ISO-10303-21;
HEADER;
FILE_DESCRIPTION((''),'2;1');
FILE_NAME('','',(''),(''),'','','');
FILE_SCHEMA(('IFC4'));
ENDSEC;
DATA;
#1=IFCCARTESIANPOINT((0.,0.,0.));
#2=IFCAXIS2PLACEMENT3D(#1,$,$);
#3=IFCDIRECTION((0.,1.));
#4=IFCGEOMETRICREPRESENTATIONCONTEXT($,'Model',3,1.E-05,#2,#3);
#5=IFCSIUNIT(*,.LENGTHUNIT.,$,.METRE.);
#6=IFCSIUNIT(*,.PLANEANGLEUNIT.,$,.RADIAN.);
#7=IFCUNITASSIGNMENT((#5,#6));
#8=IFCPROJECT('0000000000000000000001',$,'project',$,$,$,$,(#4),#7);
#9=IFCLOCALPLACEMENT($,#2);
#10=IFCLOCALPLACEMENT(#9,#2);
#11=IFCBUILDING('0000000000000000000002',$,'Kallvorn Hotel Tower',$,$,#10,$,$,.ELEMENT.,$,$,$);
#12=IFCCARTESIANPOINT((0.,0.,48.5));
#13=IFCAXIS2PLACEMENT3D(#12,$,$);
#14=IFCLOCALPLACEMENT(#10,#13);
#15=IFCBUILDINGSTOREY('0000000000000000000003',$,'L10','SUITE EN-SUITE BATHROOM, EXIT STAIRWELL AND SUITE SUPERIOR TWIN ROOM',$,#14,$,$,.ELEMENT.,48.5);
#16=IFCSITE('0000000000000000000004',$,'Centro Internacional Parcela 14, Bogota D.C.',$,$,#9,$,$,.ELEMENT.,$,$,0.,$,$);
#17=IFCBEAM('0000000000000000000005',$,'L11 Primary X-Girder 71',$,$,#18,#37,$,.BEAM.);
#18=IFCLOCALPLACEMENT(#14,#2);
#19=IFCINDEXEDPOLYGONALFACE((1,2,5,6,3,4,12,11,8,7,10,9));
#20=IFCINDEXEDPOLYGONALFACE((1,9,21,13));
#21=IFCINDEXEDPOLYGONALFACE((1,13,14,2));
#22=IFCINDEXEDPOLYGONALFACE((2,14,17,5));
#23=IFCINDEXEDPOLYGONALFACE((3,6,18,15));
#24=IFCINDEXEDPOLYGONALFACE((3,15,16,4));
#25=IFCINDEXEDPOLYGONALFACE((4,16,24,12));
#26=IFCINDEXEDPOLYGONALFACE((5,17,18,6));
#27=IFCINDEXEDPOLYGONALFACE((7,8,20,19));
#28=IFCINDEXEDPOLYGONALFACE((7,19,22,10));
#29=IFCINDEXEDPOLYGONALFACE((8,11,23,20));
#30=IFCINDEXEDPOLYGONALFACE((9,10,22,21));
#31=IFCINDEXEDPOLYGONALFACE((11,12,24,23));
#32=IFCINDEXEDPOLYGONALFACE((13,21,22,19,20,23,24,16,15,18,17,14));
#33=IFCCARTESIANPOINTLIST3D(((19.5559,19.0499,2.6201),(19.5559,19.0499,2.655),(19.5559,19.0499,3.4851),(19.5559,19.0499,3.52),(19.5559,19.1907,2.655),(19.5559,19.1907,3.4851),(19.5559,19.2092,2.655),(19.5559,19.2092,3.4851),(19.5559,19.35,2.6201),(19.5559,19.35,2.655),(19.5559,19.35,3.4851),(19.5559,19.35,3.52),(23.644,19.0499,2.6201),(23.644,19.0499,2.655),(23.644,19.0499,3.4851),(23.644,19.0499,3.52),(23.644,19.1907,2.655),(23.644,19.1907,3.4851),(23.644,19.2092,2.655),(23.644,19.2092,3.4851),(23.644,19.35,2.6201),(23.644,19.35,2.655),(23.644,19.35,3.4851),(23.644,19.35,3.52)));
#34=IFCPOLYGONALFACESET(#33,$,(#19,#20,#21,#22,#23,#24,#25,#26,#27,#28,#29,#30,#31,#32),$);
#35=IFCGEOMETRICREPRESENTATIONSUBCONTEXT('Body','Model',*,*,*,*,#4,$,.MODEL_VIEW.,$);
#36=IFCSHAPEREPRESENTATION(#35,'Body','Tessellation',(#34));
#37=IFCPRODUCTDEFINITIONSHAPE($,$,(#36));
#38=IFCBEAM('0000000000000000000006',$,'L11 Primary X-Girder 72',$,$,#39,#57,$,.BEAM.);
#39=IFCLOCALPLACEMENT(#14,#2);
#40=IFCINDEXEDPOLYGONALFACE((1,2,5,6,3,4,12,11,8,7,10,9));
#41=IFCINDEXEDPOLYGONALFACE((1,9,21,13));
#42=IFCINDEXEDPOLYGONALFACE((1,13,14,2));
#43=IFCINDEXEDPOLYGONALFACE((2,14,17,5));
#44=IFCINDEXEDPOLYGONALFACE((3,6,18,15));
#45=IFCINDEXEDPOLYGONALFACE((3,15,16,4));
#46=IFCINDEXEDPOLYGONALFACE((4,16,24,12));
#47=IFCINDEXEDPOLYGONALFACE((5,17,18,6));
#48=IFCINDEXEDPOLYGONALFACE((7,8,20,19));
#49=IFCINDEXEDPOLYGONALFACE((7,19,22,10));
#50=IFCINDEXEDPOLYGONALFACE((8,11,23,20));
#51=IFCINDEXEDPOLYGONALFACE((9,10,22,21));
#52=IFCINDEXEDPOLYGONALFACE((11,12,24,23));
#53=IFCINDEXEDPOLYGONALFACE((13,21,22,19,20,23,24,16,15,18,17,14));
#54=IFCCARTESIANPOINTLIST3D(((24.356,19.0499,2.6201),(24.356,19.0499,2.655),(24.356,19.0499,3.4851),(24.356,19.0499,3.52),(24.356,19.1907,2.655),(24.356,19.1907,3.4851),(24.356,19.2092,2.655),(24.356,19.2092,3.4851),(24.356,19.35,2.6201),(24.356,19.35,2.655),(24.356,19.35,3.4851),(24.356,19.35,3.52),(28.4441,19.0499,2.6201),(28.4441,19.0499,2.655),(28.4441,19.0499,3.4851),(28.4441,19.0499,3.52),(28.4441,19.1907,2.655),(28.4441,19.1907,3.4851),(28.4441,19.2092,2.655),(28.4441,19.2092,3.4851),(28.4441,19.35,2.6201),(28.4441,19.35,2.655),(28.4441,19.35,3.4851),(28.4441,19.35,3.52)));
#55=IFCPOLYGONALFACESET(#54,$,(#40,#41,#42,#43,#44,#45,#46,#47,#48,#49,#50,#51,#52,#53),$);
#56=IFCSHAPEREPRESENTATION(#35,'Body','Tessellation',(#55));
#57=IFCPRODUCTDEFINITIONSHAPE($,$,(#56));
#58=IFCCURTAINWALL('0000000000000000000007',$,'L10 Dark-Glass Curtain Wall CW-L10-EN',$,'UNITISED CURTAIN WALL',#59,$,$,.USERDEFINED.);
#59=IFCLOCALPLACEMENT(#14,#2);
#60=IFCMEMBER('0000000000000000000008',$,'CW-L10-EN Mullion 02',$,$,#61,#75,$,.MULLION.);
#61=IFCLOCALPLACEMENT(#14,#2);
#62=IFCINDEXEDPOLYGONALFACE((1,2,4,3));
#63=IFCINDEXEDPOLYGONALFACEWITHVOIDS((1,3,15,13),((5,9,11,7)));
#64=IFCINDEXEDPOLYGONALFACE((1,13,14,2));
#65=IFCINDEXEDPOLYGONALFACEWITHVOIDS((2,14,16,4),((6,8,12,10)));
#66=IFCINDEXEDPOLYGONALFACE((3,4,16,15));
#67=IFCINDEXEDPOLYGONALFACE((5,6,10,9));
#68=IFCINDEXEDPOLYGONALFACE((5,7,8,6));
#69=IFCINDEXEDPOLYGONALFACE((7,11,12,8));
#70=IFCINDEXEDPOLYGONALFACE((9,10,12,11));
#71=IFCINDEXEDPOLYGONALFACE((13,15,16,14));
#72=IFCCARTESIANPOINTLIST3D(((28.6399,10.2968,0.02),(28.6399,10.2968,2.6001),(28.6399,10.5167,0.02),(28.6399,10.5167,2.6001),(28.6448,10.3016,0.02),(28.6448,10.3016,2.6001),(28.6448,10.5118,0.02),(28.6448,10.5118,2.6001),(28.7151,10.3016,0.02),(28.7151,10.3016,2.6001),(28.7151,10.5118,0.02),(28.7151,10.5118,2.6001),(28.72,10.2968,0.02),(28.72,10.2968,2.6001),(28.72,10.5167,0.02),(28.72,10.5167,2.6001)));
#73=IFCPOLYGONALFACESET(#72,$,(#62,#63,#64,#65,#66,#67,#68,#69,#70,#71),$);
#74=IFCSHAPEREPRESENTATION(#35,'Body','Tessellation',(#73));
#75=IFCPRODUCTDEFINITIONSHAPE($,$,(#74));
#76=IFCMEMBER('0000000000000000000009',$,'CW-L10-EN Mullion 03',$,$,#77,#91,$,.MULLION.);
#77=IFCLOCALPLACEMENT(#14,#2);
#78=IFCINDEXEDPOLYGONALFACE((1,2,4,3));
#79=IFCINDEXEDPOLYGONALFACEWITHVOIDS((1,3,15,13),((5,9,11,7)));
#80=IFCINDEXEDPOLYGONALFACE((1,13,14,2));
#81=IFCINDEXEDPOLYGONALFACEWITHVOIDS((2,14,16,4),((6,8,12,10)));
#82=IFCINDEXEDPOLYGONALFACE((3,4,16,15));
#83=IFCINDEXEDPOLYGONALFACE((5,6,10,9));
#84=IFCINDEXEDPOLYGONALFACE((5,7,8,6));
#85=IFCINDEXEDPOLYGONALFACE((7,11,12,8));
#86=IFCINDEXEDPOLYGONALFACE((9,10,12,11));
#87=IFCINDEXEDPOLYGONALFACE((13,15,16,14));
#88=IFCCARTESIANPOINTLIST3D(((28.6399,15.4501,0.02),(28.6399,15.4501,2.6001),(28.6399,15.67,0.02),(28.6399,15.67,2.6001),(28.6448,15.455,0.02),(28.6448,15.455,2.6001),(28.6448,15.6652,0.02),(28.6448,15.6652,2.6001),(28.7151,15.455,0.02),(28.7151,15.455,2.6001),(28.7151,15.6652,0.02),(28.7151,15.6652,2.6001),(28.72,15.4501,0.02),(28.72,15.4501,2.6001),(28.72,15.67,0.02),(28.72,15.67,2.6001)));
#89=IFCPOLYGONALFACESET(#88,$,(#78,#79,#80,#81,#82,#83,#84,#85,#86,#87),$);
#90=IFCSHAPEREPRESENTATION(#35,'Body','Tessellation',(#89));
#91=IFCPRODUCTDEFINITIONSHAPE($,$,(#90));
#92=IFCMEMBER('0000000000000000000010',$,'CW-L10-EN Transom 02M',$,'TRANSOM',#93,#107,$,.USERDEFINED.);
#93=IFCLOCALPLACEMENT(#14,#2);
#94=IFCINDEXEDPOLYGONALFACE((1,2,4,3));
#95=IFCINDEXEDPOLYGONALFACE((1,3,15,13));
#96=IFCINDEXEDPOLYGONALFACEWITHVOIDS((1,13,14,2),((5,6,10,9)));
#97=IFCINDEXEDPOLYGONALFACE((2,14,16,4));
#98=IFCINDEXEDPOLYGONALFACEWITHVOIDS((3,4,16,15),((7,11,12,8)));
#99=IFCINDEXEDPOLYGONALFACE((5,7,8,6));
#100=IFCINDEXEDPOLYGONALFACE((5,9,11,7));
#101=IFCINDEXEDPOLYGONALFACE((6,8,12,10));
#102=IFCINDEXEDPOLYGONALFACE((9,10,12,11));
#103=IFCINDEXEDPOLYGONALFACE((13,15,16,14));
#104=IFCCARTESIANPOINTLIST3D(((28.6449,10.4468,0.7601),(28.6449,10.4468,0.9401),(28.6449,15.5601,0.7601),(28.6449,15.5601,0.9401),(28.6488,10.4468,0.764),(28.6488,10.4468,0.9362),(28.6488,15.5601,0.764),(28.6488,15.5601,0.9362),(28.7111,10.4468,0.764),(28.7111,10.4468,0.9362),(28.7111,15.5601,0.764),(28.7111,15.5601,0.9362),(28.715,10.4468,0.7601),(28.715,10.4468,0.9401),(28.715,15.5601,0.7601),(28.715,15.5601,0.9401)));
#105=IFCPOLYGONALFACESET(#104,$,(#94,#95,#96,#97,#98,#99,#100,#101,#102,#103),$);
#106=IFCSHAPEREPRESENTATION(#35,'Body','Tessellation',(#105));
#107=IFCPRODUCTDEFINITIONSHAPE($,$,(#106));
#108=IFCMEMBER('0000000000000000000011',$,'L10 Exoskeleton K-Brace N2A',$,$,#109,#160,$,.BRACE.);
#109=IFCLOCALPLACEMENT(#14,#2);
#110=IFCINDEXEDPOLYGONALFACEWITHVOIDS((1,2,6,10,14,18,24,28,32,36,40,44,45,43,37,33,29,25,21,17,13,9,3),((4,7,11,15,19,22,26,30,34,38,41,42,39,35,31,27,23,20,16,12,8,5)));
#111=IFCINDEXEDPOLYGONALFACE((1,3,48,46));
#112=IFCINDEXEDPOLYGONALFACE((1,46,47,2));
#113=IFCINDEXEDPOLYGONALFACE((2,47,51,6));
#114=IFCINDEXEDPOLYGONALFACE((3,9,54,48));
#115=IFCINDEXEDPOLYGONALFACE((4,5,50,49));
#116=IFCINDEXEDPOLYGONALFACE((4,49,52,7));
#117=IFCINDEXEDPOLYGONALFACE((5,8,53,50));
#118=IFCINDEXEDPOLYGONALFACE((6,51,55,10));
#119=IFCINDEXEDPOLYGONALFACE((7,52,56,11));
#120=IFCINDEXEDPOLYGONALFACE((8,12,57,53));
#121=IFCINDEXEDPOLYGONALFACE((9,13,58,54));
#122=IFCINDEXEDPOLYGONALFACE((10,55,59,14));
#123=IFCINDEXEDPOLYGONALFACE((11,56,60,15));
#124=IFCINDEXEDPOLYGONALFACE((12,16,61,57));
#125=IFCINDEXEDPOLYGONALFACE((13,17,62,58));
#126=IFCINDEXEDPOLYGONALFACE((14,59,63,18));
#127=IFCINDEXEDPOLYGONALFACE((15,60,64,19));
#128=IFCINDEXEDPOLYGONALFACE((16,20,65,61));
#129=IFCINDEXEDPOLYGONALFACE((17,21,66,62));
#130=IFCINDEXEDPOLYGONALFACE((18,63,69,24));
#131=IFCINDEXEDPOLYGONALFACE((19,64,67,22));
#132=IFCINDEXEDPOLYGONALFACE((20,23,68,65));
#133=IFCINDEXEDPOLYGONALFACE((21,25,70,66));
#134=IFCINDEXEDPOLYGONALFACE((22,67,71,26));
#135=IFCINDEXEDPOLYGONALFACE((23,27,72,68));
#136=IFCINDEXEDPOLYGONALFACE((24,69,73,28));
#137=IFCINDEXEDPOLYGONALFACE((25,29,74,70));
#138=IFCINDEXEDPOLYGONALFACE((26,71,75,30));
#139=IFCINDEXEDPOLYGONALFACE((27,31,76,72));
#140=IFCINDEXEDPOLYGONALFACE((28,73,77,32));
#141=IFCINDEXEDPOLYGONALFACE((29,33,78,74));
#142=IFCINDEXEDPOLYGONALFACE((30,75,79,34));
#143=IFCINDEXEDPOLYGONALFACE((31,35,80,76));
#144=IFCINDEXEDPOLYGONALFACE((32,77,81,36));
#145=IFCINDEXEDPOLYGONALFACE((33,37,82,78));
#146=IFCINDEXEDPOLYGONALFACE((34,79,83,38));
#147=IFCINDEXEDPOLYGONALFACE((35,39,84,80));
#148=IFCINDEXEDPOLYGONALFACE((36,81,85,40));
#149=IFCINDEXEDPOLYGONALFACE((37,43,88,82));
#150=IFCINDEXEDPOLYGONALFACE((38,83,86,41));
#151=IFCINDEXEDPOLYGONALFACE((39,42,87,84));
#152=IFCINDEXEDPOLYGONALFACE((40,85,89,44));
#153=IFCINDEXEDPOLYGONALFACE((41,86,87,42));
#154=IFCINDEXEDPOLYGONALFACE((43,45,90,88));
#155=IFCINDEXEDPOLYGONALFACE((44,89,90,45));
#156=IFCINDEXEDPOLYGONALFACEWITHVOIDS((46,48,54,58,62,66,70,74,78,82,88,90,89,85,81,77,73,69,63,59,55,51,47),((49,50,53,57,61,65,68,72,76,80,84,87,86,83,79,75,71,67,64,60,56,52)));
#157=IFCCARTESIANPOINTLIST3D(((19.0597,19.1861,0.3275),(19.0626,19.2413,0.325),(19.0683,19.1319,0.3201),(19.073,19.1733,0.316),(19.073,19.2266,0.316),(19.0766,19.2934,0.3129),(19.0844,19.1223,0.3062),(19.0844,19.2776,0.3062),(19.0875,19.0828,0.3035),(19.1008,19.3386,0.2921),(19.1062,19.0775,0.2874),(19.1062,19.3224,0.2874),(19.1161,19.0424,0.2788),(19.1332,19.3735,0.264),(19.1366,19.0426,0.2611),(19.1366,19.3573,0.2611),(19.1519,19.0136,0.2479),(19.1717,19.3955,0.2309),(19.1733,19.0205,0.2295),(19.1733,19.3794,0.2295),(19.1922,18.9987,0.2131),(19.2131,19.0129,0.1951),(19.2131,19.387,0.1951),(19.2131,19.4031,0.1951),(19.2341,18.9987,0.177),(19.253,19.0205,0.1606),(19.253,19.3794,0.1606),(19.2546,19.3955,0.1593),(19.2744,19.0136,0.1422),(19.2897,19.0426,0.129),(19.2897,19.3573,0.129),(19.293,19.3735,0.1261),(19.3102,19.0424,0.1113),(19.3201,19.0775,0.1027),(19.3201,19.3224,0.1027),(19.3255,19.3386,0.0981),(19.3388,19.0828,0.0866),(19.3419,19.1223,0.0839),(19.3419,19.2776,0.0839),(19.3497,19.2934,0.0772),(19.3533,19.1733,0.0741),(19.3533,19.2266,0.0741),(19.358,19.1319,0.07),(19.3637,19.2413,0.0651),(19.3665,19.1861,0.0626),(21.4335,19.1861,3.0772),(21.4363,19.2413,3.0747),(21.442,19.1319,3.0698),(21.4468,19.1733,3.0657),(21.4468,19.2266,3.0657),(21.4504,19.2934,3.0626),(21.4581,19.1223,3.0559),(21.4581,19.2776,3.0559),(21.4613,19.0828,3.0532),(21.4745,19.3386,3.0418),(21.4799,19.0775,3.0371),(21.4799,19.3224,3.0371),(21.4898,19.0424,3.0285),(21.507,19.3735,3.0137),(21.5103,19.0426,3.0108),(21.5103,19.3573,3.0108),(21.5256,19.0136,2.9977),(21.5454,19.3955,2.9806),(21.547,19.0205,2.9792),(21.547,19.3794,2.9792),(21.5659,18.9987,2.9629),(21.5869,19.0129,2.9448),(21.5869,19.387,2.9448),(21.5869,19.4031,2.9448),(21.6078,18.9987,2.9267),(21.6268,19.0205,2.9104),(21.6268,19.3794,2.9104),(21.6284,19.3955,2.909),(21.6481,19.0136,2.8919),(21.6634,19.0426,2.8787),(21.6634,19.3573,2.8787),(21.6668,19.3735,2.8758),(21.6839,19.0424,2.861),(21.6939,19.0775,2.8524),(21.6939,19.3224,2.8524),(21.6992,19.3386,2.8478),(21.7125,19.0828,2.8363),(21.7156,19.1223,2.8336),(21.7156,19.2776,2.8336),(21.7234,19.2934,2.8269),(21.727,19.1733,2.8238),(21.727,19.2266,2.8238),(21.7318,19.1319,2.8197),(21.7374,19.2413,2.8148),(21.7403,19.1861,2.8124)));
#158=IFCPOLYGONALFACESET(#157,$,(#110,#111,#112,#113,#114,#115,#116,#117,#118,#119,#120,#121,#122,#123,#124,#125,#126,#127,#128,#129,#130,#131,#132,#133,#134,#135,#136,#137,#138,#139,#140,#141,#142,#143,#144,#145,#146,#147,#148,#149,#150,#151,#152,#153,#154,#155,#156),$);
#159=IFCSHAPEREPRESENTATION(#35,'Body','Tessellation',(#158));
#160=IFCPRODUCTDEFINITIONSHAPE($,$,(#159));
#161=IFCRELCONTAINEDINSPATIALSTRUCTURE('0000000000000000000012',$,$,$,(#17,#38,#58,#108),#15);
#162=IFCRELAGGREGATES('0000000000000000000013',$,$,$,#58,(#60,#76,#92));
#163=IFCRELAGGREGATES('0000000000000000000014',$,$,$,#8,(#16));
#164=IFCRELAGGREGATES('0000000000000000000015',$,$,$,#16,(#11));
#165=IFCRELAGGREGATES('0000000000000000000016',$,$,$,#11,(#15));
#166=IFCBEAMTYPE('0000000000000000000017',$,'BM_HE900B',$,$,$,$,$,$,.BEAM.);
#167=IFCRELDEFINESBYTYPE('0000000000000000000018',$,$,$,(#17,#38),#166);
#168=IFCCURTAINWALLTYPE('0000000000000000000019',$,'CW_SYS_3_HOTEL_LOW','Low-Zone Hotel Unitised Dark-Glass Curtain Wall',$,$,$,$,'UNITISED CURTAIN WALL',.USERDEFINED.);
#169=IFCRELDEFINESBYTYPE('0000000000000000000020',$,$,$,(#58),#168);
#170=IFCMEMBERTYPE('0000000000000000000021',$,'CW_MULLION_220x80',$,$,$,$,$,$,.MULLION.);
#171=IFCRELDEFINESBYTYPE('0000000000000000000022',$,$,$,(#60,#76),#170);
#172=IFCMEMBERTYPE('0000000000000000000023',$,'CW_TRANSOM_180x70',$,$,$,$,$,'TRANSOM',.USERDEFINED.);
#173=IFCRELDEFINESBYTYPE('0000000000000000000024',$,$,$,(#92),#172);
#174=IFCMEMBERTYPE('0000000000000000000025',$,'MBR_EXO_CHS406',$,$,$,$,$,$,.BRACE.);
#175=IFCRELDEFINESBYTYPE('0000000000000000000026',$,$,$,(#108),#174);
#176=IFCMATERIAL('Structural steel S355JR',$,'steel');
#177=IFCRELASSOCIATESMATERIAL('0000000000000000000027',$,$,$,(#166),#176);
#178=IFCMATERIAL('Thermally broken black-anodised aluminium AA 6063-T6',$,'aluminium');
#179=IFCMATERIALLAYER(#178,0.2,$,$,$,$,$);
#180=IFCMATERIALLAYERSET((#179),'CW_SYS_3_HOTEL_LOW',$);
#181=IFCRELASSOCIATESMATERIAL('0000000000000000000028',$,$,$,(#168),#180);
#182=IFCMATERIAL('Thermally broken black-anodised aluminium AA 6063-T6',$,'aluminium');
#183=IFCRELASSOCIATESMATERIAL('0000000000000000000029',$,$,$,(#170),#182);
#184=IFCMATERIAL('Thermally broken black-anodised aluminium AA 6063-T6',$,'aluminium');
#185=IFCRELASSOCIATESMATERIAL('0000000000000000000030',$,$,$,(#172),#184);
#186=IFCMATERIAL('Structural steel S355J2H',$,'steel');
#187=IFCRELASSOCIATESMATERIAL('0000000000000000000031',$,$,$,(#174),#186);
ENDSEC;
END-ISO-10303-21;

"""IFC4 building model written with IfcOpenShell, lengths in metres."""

from ifc_helpers import new_model, si_unit, direction, frame, origin, origin_2d, place, context, subcontext, project, spatial, hollow_rectangle, hollow_circle, i_section, extrude, material, layer, layer_set, material_profile, profile_set, type_object, element, aggregate, save


model = new_model("IFC4")

# Units and contexts
model_context = context("Model", 3, precision=1e-05, world=origin(), true_north=direction((0.0, 1.0)))
body_context = subcontext(model_context, "Body", "Model", "MODEL_VIEW")
ifc_project = project(units=[si_unit("LENGTHUNIT", "METRE"), si_unit("PLANEANGLEUNIT", "RADIAN")], contexts=[model_context])

# Site, building, storey
site_placement = place(None, origin())
site = spatial("IfcSite", under=ifc_project, at=site_placement, Name="Centro Internacional Parcela 14, Bogota D.C.", CompositionType="ELEMENT", RefElevation=0.0)
building_placement = place(site_placement, origin())
building = spatial("IfcBuilding", under=site, at=building_placement, Name="Kallvorn Hotel Tower", CompositionType="ELEMENT")
storey_placement = place(building_placement, frame((0.0, 0.0, 48.5)))
storey = spatial("IfcBuildingStorey", under=building, at=storey_placement, Name="L10", Description="SUITE EN-SUITE BATHROOM, EXIT STAIRWELL AND SUITE SUPERIOR TWIN ROOM", CompositionType="ELEMENT", Elevation=48.5)

# Beams
ifc_material_1 = material(Name="Structural steel S355JR", Category="steel")
ifc_material_profile_1 = material_profile(ifc_material_1, i_section(OverallWidth=0.3, OverallDepth=0.8999, WebThickness=0.0186, FlangeThickness=0.0349, at=origin_2d()), Name="HE 900 B")
ifc_profile_set_1 = profile_set([ifc_material_profile_1], Name="Structural steel S355JR")
beam_type_1 = type_object("IfcBeamType", Name="BM_HE900B", PredefinedType="BEAM", material=ifc_profile_set_1)
for number, where, z_axis, x_axis, name in (
    (1, (19.5559, 19.2, 3.0701), (1.0, 0.0, 0.0), (0.0, 1.0, 0.0), "L11 Primary X-Girder 71"),
    (2, (24.356, 19.2, 3.0701), (1.0, 0.0, 0.0), (0.0, 1.0, 0.0), "L11 Primary X-Girder 72"),
):
    element("IfcBeam", number, at=place(storey_placement, frame(where, z_axis=z_axis, x_axis=x_axis)), inside=storey, type_object=beam_type_1, Name=name, PredefinedType="BEAM", context=body_context, shape_type="SweptSolid", body=[
        extrude(i_section(OverallWidth=0.3, OverallDepth=0.8999, WebThickness=0.0186, FlangeThickness=0.0349, at=origin_2d()), origin(), (0.0, 0.0, 1.0), 4.0881),
    ])

# Curtain wall, members
ifc_material_2 = material(Name="Thermally broken black-anodised aluminium AA 6063-T6", Category="aluminium")
ifc_layer_1 = layer(ifc_material_2, 0.2)
ifc_layer_set_1 = layer_set([ifc_layer_1], Name="CW_SYS_3_HOTEL_LOW")
curtain_wall_type = type_object("IfcCurtainWallType", Name="CW_SYS_3_HOTEL_LOW", Description="Low-Zone Hotel Unitised Dark-Glass Curtain Wall", ElementType="UNITISED CURTAIN WALL", PredefinedType="USERDEFINED", material=ifc_layer_set_1)
curtain_wall_placement = place(storey_placement, origin())
curtain_wall = element("IfcCurtainWall", 3, at=curtain_wall_placement, inside=storey, type_object=curtain_wall_type, Name="L10 Dark-Glass Curtain Wall CW-L10-EN", ObjectType="UNITISED CURTAIN WALL", PredefinedType="USERDEFINED")
ifc_material_3 = material(Name="Thermally broken black-anodised aluminium AA 6063-T6", Category="aluminium")
ifc_material_profile_2 = material_profile(ifc_material_3, hollow_rectangle(XDim=0.0801, YDim=0.22, WallThickness=0.0049, at=origin_2d()), Name="MUL 220x80")
ifc_profile_set_2 = profile_set([ifc_material_profile_2], Name="Thermally broken black-anodised aluminium AA 6063-T6")
member_type_1 = type_object("IfcMemberType", Name="CW_MULLION_220x80", PredefinedType="MULLION", material=ifc_profile_set_2)
member_1_placement = place(storey_placement, frame((28.6799, 10.4067, 0.02), z_axis=(0.0, 0.0, 1.0), x_axis=(1.0, 0.0, 0.0)))
member_1 = element("IfcMember", 4, at=member_1_placement, type_object=member_type_1, Name="CW-L10-EN Mullion 02", PredefinedType="MULLION", context=body_context, shape_type="SweptSolid", body=[
    extrude(hollow_rectangle(XDim=0.0801, YDim=0.22, WallThickness=0.0049, at=origin_2d()), origin(), (0.0, 0.0, 1.0), 2.5801),
])
member_2_placement = place(storey_placement, frame((28.6799, 15.5601, 0.02), z_axis=(0.0, 0.0, 1.0), x_axis=(1.0, 0.0, 0.0)))
member_2 = element("IfcMember", 5, at=member_2_placement, type_object=member_type_1, Name="CW-L10-EN Mullion 03", PredefinedType="MULLION", context=body_context, shape_type="SweptSolid", body=[
    extrude(hollow_rectangle(XDim=0.0801, YDim=0.22, WallThickness=0.0049, at=origin_2d()), origin(), (0.0, 0.0, 1.0), 2.5801),
])
ifc_material_4 = material(Name="Thermally broken black-anodised aluminium AA 6063-T6", Category="aluminium")
ifc_material_profile_3 = material_profile(ifc_material_4, hollow_rectangle(XDim=0.0701, YDim=0.1799, WallThickness=0.0039, at=origin_2d()), Name="TRN 180x70")
ifc_profile_set_3 = profile_set([ifc_material_profile_3], Name="Thermally broken black-anodised aluminium AA 6063-T6")
member_type_2 = type_object("IfcMemberType", Name="CW_TRANSOM_180x70", ElementType="TRANSOM", PredefinedType="USERDEFINED", material=ifc_profile_set_3)
member_3_placement = place(storey_placement, frame((28.6799, 10.4468, 0.8501), z_axis=(0.0, 1.0, 0.0), x_axis=(-1.0, 0.0, 0.0)))
member_3 = element("IfcMember", 6, at=member_3_placement, type_object=member_type_2, Name="CW-L10-EN Transom 02M", ObjectType="TRANSOM", PredefinedType="USERDEFINED", context=body_context, shape_type="SweptSolid", body=[
    extrude(hollow_rectangle(XDim=0.0701, YDim=0.1799, WallThickness=0.0039, at=origin_2d()), origin(), (0.0, 0.0, 1.0), 5.1133),
])

# Member
ifc_material_5 = material(Name="Structural steel S355J2H", Category="steel")
ifc_material_profile_4 = material_profile(ifc_material_5, hollow_circle(Radius=0.2031, WallThickness=0.0161, at=origin_2d()), Name="CHS 406.4x16")
ifc_profile_set_4 = profile_set([ifc_material_profile_4], Name="Structural steel S355J2H")
member_type_3 = type_object("IfcMemberType", Name="MBR_EXO_CHS406", PredefinedType="BRACE", material=ifc_profile_set_4)
for number, where, z_axis, x_axis, name in (
    (7, (19.2131, 19.2, 0.1951), (0.653461, 0.0, 0.756961), (0.0, 1.0, 0.0), "L10 Exoskeleton K-Brace N2A"),
):
    element("IfcMember", number, at=place(storey_placement, frame(where, z_axis=z_axis, x_axis=x_axis)), inside=storey, type_object=member_type_3, Name=name, PredefinedType="BRACE", context=body_context, shape_type="SweptSolid", body=[
        extrude(hollow_circle(Radius=0.2031, WallThickness=0.0161, at=origin_2d()), origin(), (0.0, 0.0, 1.0), 3.6326),
    ])

aggregate(curtain_wall, [member_1, member_2, member_3])

save(model, "model.ifc")
